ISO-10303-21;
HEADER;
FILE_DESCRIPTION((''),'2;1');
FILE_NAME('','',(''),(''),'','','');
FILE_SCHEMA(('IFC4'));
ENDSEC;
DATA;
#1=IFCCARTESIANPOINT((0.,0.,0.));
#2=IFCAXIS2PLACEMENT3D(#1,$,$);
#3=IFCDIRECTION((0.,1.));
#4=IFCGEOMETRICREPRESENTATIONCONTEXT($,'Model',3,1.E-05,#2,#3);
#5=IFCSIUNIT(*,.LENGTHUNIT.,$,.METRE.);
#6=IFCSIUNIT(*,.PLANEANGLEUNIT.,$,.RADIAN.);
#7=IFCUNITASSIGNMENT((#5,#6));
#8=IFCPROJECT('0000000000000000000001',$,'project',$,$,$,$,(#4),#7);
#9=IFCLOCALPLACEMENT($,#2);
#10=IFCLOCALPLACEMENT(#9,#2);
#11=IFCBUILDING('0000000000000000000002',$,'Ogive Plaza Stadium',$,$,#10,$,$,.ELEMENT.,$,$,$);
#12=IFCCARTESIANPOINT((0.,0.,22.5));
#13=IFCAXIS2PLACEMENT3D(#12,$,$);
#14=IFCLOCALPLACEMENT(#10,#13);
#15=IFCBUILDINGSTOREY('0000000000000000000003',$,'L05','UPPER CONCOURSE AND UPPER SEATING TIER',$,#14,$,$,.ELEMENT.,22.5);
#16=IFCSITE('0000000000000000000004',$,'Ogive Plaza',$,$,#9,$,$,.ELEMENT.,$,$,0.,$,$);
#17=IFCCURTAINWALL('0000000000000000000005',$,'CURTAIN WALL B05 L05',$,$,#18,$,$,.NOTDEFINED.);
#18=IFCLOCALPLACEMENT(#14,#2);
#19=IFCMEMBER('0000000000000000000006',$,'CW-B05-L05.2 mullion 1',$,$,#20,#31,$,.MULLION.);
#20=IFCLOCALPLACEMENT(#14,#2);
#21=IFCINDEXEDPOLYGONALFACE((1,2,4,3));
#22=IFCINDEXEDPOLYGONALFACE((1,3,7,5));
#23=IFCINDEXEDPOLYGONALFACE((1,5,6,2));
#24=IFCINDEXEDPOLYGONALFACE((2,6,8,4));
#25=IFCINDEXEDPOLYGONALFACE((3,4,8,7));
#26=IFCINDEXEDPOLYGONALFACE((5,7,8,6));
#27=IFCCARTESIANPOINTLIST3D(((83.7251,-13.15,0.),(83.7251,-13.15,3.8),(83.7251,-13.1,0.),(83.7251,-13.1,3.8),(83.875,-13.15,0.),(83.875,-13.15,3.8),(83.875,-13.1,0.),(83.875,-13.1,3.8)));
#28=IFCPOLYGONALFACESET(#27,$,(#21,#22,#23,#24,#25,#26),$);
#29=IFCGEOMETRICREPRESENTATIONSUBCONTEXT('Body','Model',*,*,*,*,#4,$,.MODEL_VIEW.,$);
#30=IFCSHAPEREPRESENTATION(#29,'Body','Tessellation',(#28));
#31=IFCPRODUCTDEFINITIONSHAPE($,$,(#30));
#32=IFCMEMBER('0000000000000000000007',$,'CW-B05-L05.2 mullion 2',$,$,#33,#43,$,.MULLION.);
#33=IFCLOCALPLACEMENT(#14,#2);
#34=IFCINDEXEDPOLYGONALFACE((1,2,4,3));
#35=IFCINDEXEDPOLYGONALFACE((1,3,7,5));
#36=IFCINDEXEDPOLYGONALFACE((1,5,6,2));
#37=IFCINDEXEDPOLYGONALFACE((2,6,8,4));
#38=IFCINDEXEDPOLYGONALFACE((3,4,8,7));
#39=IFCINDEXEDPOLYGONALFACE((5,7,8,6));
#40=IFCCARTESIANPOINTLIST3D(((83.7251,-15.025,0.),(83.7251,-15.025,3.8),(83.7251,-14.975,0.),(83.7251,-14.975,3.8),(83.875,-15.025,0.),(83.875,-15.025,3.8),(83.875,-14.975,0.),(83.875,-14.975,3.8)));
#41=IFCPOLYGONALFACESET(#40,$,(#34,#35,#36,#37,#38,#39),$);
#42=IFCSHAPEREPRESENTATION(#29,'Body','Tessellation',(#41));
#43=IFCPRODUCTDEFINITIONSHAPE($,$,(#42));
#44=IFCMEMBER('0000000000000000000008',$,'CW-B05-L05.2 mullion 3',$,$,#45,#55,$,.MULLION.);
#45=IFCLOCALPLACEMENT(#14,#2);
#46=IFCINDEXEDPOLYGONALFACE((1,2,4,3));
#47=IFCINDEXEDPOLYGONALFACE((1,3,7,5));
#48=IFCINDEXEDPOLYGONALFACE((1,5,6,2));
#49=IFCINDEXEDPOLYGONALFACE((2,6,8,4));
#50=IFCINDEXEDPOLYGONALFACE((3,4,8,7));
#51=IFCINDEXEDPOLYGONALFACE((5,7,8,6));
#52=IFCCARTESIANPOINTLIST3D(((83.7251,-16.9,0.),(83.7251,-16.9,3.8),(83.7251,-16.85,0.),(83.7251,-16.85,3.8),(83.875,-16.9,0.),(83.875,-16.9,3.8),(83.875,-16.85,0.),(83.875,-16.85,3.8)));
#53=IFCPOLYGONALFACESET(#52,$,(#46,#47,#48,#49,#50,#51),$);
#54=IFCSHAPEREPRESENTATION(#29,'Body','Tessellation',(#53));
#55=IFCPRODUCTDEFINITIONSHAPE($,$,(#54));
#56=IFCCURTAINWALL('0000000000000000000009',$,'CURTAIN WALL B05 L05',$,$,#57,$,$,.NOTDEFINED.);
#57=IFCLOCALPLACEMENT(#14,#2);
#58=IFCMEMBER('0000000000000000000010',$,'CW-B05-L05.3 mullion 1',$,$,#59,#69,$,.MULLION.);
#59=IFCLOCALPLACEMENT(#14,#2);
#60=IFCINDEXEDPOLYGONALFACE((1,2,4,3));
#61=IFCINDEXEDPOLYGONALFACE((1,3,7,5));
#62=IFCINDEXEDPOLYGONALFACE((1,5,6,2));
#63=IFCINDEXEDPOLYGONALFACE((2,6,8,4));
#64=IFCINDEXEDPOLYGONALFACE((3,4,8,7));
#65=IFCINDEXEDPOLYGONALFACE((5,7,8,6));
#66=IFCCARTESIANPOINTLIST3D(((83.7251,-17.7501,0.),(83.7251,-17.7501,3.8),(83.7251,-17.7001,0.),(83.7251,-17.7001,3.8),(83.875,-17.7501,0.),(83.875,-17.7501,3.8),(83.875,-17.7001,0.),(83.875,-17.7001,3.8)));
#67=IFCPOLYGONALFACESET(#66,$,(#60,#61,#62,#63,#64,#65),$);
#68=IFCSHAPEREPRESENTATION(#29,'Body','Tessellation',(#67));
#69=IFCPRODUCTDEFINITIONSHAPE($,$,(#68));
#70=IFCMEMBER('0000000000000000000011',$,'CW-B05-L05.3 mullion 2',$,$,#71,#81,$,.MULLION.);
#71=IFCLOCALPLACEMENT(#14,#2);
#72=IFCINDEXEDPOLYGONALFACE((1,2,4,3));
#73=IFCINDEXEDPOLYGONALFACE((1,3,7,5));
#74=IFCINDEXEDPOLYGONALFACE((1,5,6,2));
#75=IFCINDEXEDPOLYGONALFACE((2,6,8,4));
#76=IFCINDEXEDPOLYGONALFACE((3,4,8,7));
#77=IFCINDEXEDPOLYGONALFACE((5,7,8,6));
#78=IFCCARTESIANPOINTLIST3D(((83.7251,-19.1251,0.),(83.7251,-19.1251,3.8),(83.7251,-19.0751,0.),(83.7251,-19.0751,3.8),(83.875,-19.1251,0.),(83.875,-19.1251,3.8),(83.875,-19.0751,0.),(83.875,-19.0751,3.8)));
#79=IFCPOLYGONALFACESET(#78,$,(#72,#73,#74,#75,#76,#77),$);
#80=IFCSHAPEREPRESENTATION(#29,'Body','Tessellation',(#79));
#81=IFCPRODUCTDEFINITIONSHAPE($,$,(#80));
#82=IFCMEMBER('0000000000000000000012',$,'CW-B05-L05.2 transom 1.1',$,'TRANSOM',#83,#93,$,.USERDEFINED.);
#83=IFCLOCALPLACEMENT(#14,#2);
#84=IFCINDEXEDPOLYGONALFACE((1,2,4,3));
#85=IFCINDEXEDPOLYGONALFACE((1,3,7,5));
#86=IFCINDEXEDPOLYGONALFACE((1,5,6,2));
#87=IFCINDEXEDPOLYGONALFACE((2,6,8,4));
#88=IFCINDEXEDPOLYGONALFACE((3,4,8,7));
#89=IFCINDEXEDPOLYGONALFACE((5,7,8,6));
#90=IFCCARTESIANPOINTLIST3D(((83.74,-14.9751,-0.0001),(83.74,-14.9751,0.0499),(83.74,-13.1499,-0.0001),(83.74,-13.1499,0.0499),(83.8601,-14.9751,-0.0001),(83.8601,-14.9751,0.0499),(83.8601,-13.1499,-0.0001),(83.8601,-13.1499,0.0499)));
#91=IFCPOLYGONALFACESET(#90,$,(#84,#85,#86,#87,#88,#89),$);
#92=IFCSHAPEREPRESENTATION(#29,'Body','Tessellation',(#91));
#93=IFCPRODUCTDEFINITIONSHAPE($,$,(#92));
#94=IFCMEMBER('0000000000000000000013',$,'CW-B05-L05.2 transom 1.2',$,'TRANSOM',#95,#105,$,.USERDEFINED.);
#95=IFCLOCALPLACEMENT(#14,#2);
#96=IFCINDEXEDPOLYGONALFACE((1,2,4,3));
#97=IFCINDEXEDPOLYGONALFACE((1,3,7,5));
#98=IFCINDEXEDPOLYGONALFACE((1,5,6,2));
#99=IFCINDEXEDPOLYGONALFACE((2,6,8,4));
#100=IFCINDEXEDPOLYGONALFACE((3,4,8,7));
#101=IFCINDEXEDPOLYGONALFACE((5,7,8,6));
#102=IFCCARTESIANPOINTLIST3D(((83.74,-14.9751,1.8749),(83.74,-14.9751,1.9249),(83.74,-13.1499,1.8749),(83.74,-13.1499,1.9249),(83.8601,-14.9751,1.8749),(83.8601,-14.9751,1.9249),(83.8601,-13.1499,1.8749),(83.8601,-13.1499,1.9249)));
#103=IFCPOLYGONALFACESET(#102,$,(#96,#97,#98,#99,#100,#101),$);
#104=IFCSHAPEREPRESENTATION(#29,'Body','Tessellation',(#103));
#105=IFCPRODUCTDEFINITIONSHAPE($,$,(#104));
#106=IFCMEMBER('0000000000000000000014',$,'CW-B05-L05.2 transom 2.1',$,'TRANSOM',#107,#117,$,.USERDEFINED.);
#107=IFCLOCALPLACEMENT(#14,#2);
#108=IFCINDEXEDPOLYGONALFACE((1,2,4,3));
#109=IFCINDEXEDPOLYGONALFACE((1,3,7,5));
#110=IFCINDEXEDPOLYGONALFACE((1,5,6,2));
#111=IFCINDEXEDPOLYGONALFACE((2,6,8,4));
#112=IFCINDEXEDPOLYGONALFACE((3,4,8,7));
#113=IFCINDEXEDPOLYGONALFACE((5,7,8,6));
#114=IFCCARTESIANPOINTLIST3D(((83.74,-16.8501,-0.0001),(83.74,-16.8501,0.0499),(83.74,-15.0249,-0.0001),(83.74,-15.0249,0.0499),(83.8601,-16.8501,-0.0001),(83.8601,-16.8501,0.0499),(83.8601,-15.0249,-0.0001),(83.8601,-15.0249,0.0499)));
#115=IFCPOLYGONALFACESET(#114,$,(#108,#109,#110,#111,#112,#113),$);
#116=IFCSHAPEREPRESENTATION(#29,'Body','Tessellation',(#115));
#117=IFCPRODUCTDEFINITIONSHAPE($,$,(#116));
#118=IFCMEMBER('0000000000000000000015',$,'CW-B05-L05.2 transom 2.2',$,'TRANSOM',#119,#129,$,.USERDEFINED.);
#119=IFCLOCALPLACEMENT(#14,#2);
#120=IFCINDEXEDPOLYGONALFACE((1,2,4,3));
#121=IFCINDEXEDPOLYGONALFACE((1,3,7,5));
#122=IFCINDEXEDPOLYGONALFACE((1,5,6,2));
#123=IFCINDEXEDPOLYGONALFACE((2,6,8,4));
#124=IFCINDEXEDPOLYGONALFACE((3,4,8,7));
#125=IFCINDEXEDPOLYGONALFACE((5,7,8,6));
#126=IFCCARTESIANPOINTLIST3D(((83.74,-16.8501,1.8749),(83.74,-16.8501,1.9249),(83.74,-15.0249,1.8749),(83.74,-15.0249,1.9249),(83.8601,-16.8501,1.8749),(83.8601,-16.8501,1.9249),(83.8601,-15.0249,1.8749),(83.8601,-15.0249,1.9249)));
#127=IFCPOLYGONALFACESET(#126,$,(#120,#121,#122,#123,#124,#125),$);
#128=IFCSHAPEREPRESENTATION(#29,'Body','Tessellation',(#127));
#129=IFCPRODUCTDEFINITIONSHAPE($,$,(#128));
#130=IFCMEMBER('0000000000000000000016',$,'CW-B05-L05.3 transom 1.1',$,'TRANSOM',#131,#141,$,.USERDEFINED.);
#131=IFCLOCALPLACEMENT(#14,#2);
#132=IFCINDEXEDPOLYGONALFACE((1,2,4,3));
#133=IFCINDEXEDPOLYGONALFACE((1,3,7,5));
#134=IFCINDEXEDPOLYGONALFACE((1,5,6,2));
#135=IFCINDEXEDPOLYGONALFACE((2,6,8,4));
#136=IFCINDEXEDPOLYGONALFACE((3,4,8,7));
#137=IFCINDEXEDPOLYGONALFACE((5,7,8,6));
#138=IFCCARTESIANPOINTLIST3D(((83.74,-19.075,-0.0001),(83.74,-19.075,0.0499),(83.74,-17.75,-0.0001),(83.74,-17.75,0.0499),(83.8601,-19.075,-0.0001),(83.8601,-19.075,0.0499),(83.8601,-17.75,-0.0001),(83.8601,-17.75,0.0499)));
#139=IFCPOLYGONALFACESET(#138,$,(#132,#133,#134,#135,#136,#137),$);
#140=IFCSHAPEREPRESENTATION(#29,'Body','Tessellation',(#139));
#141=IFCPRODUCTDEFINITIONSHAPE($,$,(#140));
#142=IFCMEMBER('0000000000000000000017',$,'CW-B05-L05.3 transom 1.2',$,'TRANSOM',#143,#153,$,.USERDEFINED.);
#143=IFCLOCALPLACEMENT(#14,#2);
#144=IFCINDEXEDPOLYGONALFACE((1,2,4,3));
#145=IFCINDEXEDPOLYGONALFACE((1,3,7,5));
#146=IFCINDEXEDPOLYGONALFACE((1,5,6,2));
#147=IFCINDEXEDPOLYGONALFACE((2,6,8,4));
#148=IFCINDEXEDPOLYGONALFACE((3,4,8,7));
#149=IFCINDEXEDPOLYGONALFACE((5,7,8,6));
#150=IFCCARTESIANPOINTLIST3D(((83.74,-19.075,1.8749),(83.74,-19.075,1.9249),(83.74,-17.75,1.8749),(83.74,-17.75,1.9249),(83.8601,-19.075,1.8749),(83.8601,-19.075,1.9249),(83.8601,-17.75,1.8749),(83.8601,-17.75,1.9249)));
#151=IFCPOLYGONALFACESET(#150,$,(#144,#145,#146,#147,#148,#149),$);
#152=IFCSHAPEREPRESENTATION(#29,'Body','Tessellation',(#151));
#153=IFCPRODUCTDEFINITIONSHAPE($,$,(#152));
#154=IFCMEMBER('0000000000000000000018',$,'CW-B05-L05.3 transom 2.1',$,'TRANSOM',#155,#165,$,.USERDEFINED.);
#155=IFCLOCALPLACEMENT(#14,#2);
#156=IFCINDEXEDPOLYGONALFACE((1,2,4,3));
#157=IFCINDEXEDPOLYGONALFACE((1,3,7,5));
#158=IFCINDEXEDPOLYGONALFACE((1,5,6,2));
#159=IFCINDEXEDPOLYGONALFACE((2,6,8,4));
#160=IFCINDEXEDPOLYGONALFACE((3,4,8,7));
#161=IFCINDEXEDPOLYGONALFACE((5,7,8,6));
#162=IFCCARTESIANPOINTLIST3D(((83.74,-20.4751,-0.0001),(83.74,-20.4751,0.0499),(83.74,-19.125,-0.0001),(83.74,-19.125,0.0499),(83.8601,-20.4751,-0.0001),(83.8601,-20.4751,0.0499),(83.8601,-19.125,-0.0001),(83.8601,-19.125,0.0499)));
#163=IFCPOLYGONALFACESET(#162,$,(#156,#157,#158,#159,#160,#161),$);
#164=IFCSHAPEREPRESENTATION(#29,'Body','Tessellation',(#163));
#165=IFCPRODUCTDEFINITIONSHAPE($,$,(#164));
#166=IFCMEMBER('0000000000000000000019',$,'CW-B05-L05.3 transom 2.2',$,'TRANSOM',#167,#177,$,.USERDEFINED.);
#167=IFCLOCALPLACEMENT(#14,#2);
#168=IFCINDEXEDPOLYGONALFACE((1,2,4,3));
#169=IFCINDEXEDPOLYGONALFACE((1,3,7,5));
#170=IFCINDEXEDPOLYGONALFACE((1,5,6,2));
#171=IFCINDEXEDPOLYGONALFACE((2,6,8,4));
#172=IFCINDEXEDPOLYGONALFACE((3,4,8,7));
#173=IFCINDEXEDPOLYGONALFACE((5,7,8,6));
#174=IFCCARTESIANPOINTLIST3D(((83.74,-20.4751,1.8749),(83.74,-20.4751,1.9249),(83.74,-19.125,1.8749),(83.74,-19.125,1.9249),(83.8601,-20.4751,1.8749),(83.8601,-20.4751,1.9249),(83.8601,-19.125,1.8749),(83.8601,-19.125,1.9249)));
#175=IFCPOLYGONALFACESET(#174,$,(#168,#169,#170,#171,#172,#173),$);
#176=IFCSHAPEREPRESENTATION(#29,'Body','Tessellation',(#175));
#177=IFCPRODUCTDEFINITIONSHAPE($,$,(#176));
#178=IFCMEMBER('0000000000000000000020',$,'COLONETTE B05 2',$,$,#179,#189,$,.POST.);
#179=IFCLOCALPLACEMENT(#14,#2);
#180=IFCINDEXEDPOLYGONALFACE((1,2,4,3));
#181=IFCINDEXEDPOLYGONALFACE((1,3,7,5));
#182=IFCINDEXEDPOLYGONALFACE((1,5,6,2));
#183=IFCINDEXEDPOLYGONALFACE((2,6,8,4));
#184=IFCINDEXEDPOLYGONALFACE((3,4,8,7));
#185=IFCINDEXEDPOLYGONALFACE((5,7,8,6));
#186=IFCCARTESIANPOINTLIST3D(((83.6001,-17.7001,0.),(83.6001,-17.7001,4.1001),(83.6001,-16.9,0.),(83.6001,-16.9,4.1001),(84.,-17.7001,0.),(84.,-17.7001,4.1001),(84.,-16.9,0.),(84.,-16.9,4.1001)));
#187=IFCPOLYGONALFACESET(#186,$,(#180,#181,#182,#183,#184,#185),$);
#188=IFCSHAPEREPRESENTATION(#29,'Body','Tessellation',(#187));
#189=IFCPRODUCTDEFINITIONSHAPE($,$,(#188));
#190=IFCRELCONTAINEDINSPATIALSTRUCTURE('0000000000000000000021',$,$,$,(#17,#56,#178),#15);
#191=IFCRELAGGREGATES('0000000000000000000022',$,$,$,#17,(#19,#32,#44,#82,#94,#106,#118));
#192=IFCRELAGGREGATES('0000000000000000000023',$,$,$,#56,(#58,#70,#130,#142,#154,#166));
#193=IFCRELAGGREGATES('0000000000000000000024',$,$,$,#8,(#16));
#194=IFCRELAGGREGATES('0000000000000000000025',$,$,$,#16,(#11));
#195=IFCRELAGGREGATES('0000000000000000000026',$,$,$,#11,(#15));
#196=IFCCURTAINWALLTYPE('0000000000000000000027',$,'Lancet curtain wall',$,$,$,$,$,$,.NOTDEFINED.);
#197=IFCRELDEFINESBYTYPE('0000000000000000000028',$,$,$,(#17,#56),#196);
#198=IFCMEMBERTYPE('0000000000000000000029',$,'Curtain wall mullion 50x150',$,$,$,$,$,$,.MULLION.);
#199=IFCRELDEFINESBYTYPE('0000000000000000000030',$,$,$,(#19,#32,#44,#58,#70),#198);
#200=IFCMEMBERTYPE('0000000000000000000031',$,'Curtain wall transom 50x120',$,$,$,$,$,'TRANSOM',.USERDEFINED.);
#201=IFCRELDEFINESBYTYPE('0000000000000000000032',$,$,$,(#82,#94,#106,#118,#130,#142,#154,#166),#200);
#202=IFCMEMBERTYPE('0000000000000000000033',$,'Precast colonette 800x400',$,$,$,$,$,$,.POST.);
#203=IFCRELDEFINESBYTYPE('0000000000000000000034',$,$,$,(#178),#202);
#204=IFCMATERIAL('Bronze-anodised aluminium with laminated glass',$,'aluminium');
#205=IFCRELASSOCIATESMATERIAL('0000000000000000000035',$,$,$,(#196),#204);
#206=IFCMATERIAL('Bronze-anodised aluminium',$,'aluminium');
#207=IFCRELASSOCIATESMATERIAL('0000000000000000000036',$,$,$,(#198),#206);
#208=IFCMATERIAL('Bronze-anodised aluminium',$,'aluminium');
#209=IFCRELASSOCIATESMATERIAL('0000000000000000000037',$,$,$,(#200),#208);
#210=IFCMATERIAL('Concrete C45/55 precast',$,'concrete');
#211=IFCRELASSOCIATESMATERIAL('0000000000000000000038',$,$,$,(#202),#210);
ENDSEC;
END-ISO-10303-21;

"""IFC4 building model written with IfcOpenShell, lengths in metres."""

from ifc_helpers import new_model, si_unit, direction, frame, origin, origin_2d, place, context, subcontext, project, spatial, rectangle, extrude, material, material_profile, profile_set, type_object, element, aggregate, save


model = new_model("IFC4")

# Units and contexts
model_context = context("Model", 3, precision=1e-05, world=origin(), true_north=direction((0.0, 1.0)))
body_context = subcontext(model_context, "Body", "Model", "MODEL_VIEW")
ifc_project = project(units=[si_unit("LENGTHUNIT", "METRE"), si_unit("PLANEANGLEUNIT", "RADIAN")], contexts=[model_context])

# Site, building, storey
site_placement = place(None, origin())
site = spatial("IfcSite", under=ifc_project, at=site_placement, Name="Ogive Plaza", CompositionType="ELEMENT", RefElevation=0.0)
building_placement = place(site_placement, origin())
building = spatial("IfcBuilding", under=site, at=building_placement, Name="Ogive Plaza Stadium", CompositionType="ELEMENT")
storey_placement = place(building_placement, frame((0.0, 0.0, 22.5)))
storey = spatial("IfcBuildingStorey", under=building, at=storey_placement, Name="L05", Description="UPPER CONCOURSE AND UPPER SEATING TIER", CompositionType="ELEMENT", Elevation=22.5)

# Curtain walls, members
ifc_material_1 = material(Name="Bronze-anodised aluminium with laminated glass", Category="aluminium")
curtain_wall_type = type_object("IfcCurtainWallType", Name="Lancet curtain wall", PredefinedType="NOTDEFINED", material=ifc_material_1)
curtain_wall_1_placement = place(storey_placement, origin())
curtain_wall_1 = element("IfcCurtainWall", 1, at=curtain_wall_1_placement, inside=storey, type_object=curtain_wall_type, Name="CURTAIN WALL B05 L05", PredefinedType="NOTDEFINED")
ifc_material_2 = material(Name="Bronze-anodised aluminium", Category="aluminium")
ifc_material_profile_1 = material_profile(ifc_material_2, rectangle(XDim=0.1499, YDim=0.05, at=origin_2d()), Name="AL 150x50")
ifc_profile_set_1 = profile_set([ifc_material_profile_1], Name="Bronze-anodised aluminium")
member_type_1 = type_object("IfcMemberType", Name="Curtain wall mullion 50x150", PredefinedType="MULLION", material=ifc_profile_set_1)
member_1_placement = place(storey_placement, frame((83.8, -13.125, 0.0), z_axis=(0.0, 0.0, 1.0), x_axis=(1.0, 0.0, 0.0)))
member_1 = element("IfcMember", 2, at=member_1_placement, type_object=member_type_1, Name="CW-B05-L05.2 mullion 1", PredefinedType="MULLION", context=body_context, shape_type="SweptSolid", body=[
    extrude(rectangle(XDim=0.1499, YDim=0.05, at=origin_2d()), origin(), (0.0, 0.0, 1.0), 3.8),
])
member_2_placement = place(storey_placement, frame((83.8, -15.0, 0.0), z_axis=(0.0, 0.0, 1.0), x_axis=(1.0, 0.0, 0.0)))
member_2 = element("IfcMember", 3, at=member_2_placement, type_object=member_type_1, Name="CW-B05-L05.2 mullion 2", PredefinedType="MULLION", context=body_context, shape_type="SweptSolid", body=[
    extrude(rectangle(XDim=0.1499, YDim=0.05, at=origin_2d()), origin(), (0.0, 0.0, 1.0), 3.8),
])
member_3_placement = place(storey_placement, frame((83.8, -16.875, 0.0), z_axis=(0.0, 0.0, 1.0), x_axis=(1.0, 0.0, 0.0)))
member_3 = element("IfcMember", 4, at=member_3_placement, type_object=member_type_1, Name="CW-B05-L05.2 mullion 3", PredefinedType="MULLION", context=body_context, shape_type="SweptSolid", body=[
    extrude(rectangle(XDim=0.1499, YDim=0.05, at=origin_2d()), origin(), (0.0, 0.0, 1.0), 3.8),
])
curtain_wall_2_placement = place(storey_placement, origin())
curtain_wall_2 = element("IfcCurtainWall", 5, at=curtain_wall_2_placement, inside=storey, type_object=curtain_wall_type, Name="CURTAIN WALL B05 L05", PredefinedType="NOTDEFINED")
member_4_placement = place(storey_placement, frame((83.8, -17.7251, 0.0), z_axis=(0.0, 0.0, 1.0), x_axis=(1.0, 0.0, 0.0)))
member_4 = element("IfcMember", 6, at=member_4_placement, type_object=member_type_1, Name="CW-B05-L05.3 mullion 1", PredefinedType="MULLION", context=body_context, shape_type="SweptSolid", body=[
    extrude(rectangle(XDim=0.1499, YDim=0.05, at=origin_2d()), origin(), (0.0, 0.0, 1.0), 3.8),
])
member_5_placement = place(storey_placement, frame((83.8, -19.1001, 0.0), z_axis=(0.0, 0.0, 1.0), x_axis=(1.0, 0.0, 0.0)))
member_5 = element("IfcMember", 7, at=member_5_placement, type_object=member_type_1, Name="CW-B05-L05.3 mullion 2", PredefinedType="MULLION", context=body_context, shape_type="SweptSolid", body=[
    extrude(rectangle(XDim=0.1499, YDim=0.05, at=origin_2d()), origin(), (0.0, 0.0, 1.0), 3.8),
])

# Members
ifc_material_3 = material(Name="Bronze-anodised aluminium", Category="aluminium")
ifc_material_profile_2 = material_profile(ifc_material_3, rectangle(XDim=0.1201, YDim=0.05, at=origin_2d()), Name="AL 120x50")
ifc_profile_set_2 = profile_set([ifc_material_profile_2], Name="Bronze-anodised aluminium")
member_type_2 = type_object("IfcMemberType", Name="Curtain wall transom 50x120", ElementType="TRANSOM", PredefinedType="USERDEFINED", material=ifc_profile_set_2)
member_6_placement = place(storey_placement, frame((83.8, -13.1499, 0.0249), z_axis=(0.0, -1.0, 0.0), x_axis=(1.0, 0.0, 0.0)))
member_6 = element("IfcMember", 8, at=member_6_placement, type_object=member_type_2, Name="CW-B05-L05.2 transom 1.1", ObjectType="TRANSOM", PredefinedType="USERDEFINED", context=body_context, shape_type="SweptSolid", body=[
    extrude(rectangle(XDim=0.1201, YDim=0.05, at=origin_2d()), origin(), (0.0, 0.0, 1.0), 1.8252),
])
member_7_placement = place(storey_placement, frame((83.8, -13.1499, 1.8999), z_axis=(0.0, -1.0, 0.0), x_axis=(1.0, 0.0, 0.0)))
member_7 = element("IfcMember", 9, at=member_7_placement, type_object=member_type_2, Name="CW-B05-L05.2 transom 1.2", ObjectType="TRANSOM", PredefinedType="USERDEFINED", context=body_context, shape_type="SweptSolid", body=[
    extrude(rectangle(XDim=0.1201, YDim=0.05, at=origin_2d()), origin(), (0.0, 0.0, 1.0), 1.8252),
])
member_8_placement = place(storey_placement, frame((83.8, -15.0249, 0.0249), z_axis=(0.0, -1.0, 0.0), x_axis=(1.0, 0.0, 0.0)))
member_8 = element("IfcMember", 10, at=member_8_placement, type_object=member_type_2, Name="CW-B05-L05.2 transom 2.1", ObjectType="TRANSOM", PredefinedType="USERDEFINED", context=body_context, shape_type="SweptSolid", body=[
    extrude(rectangle(XDim=0.1201, YDim=0.05, at=origin_2d()), origin(), (0.0, 0.0, 1.0), 1.8252),
])
member_9_placement = place(storey_placement, frame((83.8, -15.0249, 1.8999), z_axis=(0.0, -1.0, 0.0), x_axis=(1.0, 0.0, 0.0)))
member_9 = element("IfcMember", 11, at=member_9_placement, type_object=member_type_2, Name="CW-B05-L05.2 transom 2.2", ObjectType="TRANSOM", PredefinedType="USERDEFINED", context=body_context, shape_type="SweptSolid", body=[
    extrude(rectangle(XDim=0.1201, YDim=0.05, at=origin_2d()), origin(), (0.0, 0.0, 1.0), 1.8252),
])
member_10_placement = place(storey_placement, frame((83.8, -17.75, 0.0249), z_axis=(0.0, -1.0, 0.0), x_axis=(1.0, 0.0, 0.0)))
member_10 = element("IfcMember", 12, at=member_10_placement, type_object=member_type_2, Name="CW-B05-L05.3 transom 1.1", ObjectType="TRANSOM", PredefinedType="USERDEFINED", context=body_context, shape_type="SweptSolid", body=[
    extrude(rectangle(XDim=0.1201, YDim=0.05, at=origin_2d()), origin(), (0.0, 0.0, 1.0), 1.325),
])
member_11_placement = place(storey_placement, frame((83.8, -17.75, 1.8999), z_axis=(0.0, -1.0, 0.0), x_axis=(1.0, 0.0, 0.0)))
member_11 = element("IfcMember", 13, at=member_11_placement, type_object=member_type_2, Name="CW-B05-L05.3 transom 1.2", ObjectType="TRANSOM", PredefinedType="USERDEFINED", context=body_context, shape_type="SweptSolid", body=[
    extrude(rectangle(XDim=0.1201, YDim=0.05, at=origin_2d()), origin(), (0.0, 0.0, 1.0), 1.325),
])
member_12_placement = place(storey_placement, frame((83.8, -19.125, 0.0249), z_axis=(0.0, -1.0, 0.0), x_axis=(1.0, 0.0, 0.0)))
member_12 = element("IfcMember", 14, at=member_12_placement, type_object=member_type_2, Name="CW-B05-L05.3 transom 2.1", ObjectType="TRANSOM", PredefinedType="USERDEFINED", context=body_context, shape_type="SweptSolid", body=[
    extrude(rectangle(XDim=0.1201, YDim=0.05, at=origin_2d()), origin(), (0.0, 0.0, 1.0), 1.3501),
])
member_13_placement = place(storey_placement, frame((83.8, -19.125, 1.8999), z_axis=(0.0, -1.0, 0.0), x_axis=(1.0, 0.0, 0.0)))
member_13 = element("IfcMember", 15, at=member_13_placement, type_object=member_type_2, Name="CW-B05-L05.3 transom 2.2", ObjectType="TRANSOM", PredefinedType="USERDEFINED", context=body_context, shape_type="SweptSolid", body=[
    extrude(rectangle(XDim=0.1201, YDim=0.05, at=origin_2d()), origin(), (0.0, 0.0, 1.0), 1.3501),
])
ifc_material_4 = material(Name="Concrete C45/55 precast", Category="concrete")
ifc_material_profile_3 = material_profile(ifc_material_4, rectangle(XDim=0.3999, YDim=0.8, at=origin_2d()), Name="RC 400x800")
ifc_profile_set_3 = profile_set([ifc_material_profile_3], Name="Concrete C45/55 precast")
member_type_3 = type_object("IfcMemberType", Name="Precast colonette 800x400", PredefinedType="POST", material=ifc_profile_set_3)
member_14_placement = place(storey_placement, frame((83.8, -17.3, 0.0), z_axis=(0.0, 0.0, 1.0), x_axis=(1.0, 0.0, 0.0)))
element("IfcMember", 16, at=member_14_placement, inside=storey, type_object=member_type_3, Name="COLONETTE B05 2", PredefinedType="POST", context=body_context, shape_type="SweptSolid", body=[
    extrude(rectangle(XDim=0.3999, YDim=0.8, at=origin_2d()), origin(), (0.0, 0.0, 1.0), 4.1001),
])

aggregate(curtain_wall_1, [member_1, member_2, member_3, member_6, member_7, member_8, member_9])
aggregate(curtain_wall_2, [member_4, member_5, member_10, member_11, member_12, member_13])

save(model, "model.ifc")
